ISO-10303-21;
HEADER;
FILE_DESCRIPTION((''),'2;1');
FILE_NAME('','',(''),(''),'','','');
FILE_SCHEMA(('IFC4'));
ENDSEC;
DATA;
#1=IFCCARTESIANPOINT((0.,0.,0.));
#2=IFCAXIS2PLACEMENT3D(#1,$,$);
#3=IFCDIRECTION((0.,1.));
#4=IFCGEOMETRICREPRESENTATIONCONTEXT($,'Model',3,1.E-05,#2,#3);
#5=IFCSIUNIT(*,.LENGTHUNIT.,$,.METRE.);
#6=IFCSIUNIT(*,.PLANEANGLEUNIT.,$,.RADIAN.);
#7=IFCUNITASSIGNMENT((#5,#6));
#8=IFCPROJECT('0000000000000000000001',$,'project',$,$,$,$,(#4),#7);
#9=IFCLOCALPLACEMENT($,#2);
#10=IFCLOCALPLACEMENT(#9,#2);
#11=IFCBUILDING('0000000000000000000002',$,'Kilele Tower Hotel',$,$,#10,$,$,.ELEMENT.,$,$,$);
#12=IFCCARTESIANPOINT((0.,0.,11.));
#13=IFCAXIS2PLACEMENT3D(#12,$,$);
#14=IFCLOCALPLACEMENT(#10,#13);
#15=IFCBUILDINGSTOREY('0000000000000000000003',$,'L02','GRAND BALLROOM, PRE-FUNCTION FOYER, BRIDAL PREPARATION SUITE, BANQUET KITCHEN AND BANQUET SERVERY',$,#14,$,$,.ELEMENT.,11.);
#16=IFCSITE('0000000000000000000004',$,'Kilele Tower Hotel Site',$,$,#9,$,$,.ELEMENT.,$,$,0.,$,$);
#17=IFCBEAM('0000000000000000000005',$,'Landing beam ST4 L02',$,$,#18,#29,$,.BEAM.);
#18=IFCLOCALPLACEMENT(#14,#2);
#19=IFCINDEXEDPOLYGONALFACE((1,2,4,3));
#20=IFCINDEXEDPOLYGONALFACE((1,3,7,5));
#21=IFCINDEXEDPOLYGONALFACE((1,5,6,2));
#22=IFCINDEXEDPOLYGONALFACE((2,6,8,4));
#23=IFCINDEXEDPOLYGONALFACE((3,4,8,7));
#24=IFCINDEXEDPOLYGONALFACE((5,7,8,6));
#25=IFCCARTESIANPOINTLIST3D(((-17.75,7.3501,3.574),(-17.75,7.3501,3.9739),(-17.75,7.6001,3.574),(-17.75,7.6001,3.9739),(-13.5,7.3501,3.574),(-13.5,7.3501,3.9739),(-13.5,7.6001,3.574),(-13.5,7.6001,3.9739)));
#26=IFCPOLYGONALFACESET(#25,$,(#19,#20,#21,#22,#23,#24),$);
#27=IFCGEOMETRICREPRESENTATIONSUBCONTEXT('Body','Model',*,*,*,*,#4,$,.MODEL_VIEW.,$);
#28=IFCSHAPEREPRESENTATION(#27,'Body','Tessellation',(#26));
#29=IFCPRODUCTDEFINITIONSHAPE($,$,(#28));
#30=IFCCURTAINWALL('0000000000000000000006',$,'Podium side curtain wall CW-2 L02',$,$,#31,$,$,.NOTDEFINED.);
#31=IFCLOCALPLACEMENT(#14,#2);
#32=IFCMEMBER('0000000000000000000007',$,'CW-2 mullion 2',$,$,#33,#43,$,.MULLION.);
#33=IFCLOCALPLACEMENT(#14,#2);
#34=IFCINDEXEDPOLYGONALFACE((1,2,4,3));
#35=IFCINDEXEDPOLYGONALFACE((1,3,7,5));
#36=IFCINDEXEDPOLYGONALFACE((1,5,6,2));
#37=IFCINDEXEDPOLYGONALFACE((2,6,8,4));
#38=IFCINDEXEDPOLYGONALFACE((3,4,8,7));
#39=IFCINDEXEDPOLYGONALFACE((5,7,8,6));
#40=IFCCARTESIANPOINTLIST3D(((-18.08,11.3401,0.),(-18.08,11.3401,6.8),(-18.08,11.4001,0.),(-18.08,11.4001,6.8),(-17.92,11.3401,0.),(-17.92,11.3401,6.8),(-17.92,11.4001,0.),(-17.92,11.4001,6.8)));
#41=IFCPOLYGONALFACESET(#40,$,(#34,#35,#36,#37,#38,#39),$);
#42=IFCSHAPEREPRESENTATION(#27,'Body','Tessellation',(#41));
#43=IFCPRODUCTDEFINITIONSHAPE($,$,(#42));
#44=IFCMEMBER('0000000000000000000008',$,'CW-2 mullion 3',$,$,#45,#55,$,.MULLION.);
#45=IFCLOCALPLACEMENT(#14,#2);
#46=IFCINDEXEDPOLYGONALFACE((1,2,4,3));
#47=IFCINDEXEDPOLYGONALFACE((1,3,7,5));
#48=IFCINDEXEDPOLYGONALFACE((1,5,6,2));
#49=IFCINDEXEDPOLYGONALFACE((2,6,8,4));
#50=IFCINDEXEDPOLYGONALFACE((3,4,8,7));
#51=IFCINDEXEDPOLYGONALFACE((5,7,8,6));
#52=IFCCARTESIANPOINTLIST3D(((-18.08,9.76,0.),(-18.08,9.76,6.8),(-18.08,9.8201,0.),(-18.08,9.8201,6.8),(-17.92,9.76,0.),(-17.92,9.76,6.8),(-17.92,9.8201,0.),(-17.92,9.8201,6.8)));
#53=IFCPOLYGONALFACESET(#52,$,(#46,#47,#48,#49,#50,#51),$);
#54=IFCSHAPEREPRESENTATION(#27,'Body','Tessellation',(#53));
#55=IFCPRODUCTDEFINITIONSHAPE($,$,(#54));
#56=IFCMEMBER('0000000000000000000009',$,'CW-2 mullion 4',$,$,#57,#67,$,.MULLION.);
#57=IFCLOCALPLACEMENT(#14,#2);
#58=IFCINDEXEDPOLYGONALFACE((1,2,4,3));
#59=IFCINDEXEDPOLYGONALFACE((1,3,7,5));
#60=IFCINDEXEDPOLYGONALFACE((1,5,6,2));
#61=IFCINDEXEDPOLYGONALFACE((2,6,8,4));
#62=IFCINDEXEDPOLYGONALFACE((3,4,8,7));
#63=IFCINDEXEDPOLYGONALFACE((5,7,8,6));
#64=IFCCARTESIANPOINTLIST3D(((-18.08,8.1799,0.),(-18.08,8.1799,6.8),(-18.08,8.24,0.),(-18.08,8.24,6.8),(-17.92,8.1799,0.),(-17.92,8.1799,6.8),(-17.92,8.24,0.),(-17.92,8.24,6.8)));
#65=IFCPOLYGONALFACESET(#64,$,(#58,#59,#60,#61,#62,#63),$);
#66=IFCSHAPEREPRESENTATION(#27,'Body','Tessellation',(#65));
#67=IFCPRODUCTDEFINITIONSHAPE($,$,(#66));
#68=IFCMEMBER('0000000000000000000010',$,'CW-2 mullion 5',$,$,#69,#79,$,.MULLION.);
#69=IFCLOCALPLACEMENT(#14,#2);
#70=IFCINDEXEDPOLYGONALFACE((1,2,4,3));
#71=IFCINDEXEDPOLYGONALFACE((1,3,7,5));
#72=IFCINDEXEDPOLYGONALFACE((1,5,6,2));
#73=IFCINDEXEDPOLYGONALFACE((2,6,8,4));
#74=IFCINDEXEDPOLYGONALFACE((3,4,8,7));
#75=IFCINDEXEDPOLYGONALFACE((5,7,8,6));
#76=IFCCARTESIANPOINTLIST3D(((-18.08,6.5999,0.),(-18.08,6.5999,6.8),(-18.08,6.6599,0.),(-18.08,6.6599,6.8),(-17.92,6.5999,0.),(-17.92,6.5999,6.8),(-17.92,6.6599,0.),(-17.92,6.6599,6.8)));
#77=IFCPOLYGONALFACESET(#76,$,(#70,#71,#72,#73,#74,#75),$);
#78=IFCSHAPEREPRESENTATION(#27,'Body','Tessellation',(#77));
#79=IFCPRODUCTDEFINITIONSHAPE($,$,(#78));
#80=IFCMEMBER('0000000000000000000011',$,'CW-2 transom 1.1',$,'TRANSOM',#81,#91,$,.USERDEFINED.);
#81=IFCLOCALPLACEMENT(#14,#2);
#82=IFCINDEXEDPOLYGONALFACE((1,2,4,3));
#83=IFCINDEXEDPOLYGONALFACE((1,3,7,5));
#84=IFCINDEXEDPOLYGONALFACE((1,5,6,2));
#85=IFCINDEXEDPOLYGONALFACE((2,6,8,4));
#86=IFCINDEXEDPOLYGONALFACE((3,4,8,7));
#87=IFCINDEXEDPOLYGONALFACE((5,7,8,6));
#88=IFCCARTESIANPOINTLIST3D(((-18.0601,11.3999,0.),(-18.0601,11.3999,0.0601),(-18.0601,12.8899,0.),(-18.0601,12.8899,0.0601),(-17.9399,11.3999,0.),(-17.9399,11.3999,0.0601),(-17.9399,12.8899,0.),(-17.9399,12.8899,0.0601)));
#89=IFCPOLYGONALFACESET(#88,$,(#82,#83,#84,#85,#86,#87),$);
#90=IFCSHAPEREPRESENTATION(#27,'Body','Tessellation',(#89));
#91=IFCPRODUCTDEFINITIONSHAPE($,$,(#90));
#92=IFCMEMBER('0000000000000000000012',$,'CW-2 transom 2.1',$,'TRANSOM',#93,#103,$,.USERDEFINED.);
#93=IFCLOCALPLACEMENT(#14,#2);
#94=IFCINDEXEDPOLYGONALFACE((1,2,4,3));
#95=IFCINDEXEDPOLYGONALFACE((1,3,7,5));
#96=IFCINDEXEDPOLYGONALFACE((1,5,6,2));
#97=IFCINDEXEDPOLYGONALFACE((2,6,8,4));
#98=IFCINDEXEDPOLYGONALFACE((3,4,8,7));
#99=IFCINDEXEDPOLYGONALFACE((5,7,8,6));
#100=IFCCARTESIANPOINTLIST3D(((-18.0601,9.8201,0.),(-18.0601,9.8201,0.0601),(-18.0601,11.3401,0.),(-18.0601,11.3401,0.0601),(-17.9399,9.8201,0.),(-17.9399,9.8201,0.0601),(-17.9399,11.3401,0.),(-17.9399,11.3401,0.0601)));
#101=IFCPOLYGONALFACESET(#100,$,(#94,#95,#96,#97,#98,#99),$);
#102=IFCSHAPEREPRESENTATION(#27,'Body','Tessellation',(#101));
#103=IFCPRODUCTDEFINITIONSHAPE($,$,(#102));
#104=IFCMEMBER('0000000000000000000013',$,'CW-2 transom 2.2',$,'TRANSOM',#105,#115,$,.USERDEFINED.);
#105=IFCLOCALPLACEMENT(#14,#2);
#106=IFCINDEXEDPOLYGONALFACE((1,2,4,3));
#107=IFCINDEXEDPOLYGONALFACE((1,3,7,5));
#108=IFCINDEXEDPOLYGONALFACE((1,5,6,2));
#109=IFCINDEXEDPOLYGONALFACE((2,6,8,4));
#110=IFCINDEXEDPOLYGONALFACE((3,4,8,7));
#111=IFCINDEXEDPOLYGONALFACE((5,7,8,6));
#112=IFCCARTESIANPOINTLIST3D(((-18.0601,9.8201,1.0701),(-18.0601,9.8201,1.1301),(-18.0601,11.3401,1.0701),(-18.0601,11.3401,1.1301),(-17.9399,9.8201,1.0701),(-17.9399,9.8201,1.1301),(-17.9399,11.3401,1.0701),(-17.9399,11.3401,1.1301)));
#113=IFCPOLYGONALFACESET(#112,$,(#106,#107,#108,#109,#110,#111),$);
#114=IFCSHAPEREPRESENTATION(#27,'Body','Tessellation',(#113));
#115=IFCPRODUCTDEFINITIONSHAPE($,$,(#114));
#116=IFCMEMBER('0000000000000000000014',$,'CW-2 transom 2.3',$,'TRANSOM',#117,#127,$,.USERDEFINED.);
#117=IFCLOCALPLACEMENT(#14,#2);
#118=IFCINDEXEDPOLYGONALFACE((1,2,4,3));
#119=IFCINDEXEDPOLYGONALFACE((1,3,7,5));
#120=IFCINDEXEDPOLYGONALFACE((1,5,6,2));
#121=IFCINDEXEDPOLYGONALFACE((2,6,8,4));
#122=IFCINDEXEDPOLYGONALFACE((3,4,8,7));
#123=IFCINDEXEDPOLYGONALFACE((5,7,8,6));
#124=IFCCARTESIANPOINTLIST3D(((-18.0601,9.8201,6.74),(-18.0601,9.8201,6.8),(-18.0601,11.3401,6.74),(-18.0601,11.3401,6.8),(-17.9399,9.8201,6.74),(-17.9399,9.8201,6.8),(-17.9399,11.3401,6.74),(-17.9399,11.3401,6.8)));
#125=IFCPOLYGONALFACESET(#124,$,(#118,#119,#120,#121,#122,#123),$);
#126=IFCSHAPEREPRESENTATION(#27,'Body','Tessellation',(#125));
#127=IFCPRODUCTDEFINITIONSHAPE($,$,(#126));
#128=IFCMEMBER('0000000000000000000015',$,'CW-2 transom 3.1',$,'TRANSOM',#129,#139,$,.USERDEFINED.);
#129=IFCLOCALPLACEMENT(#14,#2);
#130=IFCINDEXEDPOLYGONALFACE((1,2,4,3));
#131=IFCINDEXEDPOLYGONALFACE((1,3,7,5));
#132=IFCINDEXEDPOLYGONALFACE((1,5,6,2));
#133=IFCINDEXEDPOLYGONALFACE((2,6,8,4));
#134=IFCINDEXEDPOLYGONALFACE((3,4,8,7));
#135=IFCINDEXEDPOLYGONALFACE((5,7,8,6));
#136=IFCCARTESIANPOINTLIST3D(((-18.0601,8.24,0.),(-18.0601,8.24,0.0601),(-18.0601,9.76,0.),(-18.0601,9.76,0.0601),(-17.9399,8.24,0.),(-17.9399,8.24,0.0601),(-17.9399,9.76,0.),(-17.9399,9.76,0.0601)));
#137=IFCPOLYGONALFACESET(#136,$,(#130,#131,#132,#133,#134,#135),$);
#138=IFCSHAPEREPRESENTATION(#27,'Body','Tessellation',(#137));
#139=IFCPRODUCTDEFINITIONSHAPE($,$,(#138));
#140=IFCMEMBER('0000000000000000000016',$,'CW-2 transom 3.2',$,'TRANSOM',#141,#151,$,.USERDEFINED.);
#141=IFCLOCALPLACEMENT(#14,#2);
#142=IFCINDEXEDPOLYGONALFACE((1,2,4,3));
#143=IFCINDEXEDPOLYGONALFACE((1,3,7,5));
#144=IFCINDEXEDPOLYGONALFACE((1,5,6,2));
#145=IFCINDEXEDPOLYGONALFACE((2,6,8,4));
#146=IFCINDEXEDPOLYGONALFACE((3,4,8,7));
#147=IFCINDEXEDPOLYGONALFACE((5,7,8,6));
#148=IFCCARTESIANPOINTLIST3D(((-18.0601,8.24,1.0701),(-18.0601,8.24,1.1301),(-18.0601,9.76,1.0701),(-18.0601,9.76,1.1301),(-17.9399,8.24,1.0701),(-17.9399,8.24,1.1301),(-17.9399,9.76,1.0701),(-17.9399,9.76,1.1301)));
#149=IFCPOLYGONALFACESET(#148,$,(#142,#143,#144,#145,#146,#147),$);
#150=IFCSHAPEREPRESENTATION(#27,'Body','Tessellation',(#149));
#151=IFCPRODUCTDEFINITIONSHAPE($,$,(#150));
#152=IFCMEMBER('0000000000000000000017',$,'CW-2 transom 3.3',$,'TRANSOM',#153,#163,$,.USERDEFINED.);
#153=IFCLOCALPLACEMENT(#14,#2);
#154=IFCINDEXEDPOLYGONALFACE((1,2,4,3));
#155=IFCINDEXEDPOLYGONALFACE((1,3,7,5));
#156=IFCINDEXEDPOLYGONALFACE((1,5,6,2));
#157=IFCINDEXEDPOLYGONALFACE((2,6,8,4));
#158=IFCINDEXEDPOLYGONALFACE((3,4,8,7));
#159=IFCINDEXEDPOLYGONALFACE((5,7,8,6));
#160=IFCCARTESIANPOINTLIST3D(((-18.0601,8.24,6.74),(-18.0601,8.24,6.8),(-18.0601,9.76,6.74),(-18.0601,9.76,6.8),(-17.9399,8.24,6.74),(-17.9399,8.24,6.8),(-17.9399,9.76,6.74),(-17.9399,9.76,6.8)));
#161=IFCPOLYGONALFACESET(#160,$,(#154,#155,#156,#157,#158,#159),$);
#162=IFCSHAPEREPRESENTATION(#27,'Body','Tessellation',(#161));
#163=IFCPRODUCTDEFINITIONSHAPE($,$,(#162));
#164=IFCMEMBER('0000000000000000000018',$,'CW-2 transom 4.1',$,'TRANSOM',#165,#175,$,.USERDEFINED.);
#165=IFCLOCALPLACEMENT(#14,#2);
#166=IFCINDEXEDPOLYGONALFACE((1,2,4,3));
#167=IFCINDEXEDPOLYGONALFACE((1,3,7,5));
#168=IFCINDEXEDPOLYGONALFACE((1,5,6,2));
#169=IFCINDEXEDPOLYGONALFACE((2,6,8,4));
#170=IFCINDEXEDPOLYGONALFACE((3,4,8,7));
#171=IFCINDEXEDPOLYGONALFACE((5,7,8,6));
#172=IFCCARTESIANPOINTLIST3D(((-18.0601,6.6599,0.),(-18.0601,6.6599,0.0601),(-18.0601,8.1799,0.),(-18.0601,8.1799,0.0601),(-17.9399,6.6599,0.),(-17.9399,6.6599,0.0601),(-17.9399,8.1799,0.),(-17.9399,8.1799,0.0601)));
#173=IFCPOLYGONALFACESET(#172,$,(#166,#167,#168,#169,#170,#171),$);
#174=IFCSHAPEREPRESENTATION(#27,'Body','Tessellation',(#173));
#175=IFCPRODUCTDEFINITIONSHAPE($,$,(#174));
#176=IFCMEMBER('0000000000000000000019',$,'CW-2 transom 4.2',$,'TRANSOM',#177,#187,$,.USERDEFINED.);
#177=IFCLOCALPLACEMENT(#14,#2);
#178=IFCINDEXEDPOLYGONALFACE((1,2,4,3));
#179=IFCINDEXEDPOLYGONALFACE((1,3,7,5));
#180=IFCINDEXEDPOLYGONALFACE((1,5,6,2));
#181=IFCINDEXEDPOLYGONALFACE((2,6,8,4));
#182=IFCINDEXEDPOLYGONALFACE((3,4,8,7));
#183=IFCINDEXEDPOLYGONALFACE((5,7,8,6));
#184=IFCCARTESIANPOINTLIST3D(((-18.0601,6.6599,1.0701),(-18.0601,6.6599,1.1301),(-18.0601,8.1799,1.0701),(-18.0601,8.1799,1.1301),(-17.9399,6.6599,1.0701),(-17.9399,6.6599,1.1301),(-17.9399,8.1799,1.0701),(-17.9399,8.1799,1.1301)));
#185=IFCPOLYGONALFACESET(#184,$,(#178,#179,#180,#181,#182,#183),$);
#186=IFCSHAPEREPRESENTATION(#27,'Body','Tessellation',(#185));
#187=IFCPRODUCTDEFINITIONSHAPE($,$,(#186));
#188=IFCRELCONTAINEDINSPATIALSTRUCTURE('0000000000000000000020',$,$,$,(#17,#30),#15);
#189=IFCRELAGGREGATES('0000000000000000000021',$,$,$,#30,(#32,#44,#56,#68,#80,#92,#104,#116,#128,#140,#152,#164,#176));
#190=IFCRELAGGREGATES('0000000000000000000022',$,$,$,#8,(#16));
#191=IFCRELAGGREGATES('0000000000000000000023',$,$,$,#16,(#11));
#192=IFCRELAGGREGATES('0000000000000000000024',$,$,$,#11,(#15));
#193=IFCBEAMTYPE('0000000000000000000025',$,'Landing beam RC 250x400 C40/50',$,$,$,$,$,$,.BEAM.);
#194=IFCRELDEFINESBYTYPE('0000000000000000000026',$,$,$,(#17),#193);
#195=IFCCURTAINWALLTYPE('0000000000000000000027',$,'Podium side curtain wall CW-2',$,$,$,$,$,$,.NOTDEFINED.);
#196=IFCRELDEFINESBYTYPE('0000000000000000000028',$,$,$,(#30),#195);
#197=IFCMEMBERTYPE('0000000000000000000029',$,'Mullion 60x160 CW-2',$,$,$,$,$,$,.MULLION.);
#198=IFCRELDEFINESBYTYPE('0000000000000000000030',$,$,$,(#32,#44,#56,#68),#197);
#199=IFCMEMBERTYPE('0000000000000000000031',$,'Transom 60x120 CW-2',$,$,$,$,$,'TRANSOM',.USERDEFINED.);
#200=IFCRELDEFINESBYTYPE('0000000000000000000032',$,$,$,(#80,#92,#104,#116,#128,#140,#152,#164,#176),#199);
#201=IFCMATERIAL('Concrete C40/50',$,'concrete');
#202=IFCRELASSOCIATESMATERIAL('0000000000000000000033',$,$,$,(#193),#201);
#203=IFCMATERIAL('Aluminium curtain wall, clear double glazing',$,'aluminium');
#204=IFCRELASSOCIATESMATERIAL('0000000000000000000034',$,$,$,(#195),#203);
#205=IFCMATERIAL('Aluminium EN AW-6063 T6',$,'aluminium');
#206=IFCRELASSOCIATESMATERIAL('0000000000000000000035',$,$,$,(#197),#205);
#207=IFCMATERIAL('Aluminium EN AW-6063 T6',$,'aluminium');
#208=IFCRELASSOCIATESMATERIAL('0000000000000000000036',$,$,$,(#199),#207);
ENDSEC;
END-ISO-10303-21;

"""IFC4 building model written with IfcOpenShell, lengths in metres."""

from ifc_helpers import new_model, si_unit, direction, frame, origin, origin_2d, place, context, subcontext, project, spatial, rectangle, extrude, material, material_profile, profile_set, type_object, element, aggregate, save


model = new_model("IFC4")

# Units and contexts
model_context = context("Model", 3, precision=1e-05, world=origin(), true_north=direction((0.0, 1.0)))
body_context = subcontext(model_context, "Body", "Model", "MODEL_VIEW")
ifc_project = project(units=[si_unit("LENGTHUNIT", "METRE"), si_unit("PLANEANGLEUNIT", "RADIAN")], contexts=[model_context])

# Site, building, storey
site_placement = place(None, origin())
site = spatial("IfcSite", under=ifc_project, at=site_placement, Name="Kilele Tower Hotel Site", CompositionType="ELEMENT", RefElevation=0.0)
building_placement = place(site_placement, origin())
building = spatial("IfcBuilding", under=site, at=building_placement, Name="Kilele Tower Hotel", CompositionType="ELEMENT")
storey_placement = place(building_placement, frame((0.0, 0.0, 11.0)))
storey = spatial("IfcBuildingStorey", under=building, at=storey_placement, Name="L02", Description="GRAND BALLROOM, PRE-FUNCTION FOYER, BRIDAL PREPARATION SUITE, BANQUET KITCHEN AND BANQUET SERVERY", CompositionType="ELEMENT", Elevation=11.0)

# Beam
ifc_material_1 = material(Name="Concrete C40/50", Category="concrete")
ifc_material_profile_1 = material_profile(ifc_material_1, rectangle(XDim=0.25, YDim=0.3999, at=origin_2d()))
ifc_profile_set_1 = profile_set([ifc_material_profile_1], Name="Concrete C40/50")
beam_type = type_object("IfcBeamType", Name="Landing beam RC 250x400 C40/50", PredefinedType="BEAM", material=ifc_profile_set_1)
beam_placement = place(storey_placement, frame((-17.75, 7.4751, 3.7739), z_axis=(1.0, 0.0, 0.0), x_axis=(0.0, 1.0, 0.0)))
element("IfcBeam", 1, at=beam_placement, inside=storey, type_object=beam_type, Name="Landing beam ST4 L02", PredefinedType="BEAM", context=body_context, shape_type="SweptSolid", body=[
    extrude(rectangle(XDim=0.25, YDim=0.3999, at=origin_2d()), origin(), (0.0, 0.0, 1.0), 4.25),
])

# Curtain wall, members
ifc_material_2 = material(Name="Aluminium curtain wall, clear double glazing", Category="aluminium")
curtain_wall_type = type_object("IfcCurtainWallType", Name="Podium side curtain wall CW-2", PredefinedType="NOTDEFINED", material=ifc_material_2)
curtain_wall_placement = place(storey_placement, origin())
curtain_wall = element("IfcCurtainWall", 2, at=curtain_wall_placement, inside=storey, type_object=curtain_wall_type, Name="Podium side curtain wall CW-2 L02", PredefinedType="NOTDEFINED")
ifc_material_3 = material(Name="Aluminium EN AW-6063 T6", Category="aluminium")
ifc_material_profile_2 = material_profile(ifc_material_3, rectangle(XDim=0.1599, YDim=0.0601, at=origin_2d()))
ifc_profile_set_2 = profile_set([ifc_material_profile_2], Name="Aluminium EN AW-6063 T6")
member_type_1 = type_object("IfcMemberType", Name="Mullion 60x160 CW-2", PredefinedType="MULLION", material=ifc_profile_set_2)
member_1_placement = place(storey_placement, frame((-18.0, 11.3701, 0.0), z_axis=(0.0, 0.0, 1.0), x_axis=(1.0, 0.0, 0.0)))
member_1 = element("IfcMember", 3, at=member_1_placement, type_object=member_type_1, Name="CW-2 mullion 2", PredefinedType="MULLION", context=body_context, shape_type="SweptSolid", body=[
    extrude(rectangle(XDim=0.1599, YDim=0.0601, at=origin_2d()), origin(), (0.0, 0.0, 1.0), 6.8),
])
member_2_placement = place(storey_placement, frame((-18.0, 9.79, 0.0), z_axis=(0.0, 0.0, 1.0), x_axis=(1.0, 0.0, 0.0)))
member_2 = element("IfcMember", 4, at=member_2_placement, type_object=member_type_1, Name="CW-2 mullion 3", PredefinedType="MULLION", context=body_context, shape_type="SweptSolid", body=[
    extrude(rectangle(XDim=0.1599, YDim=0.0601, at=origin_2d()), origin(), (0.0, 0.0, 1.0), 6.8),
])
member_3_placement = place(storey_placement, frame((-18.0, 8.21, 0.0), z_axis=(0.0, 0.0, 1.0), x_axis=(1.0, 0.0, 0.0)))
member_3 = element("IfcMember", 5, at=member_3_placement, type_object=member_type_1, Name="CW-2 mullion 4", PredefinedType="MULLION", context=body_context, shape_type="SweptSolid", body=[
    extrude(rectangle(XDim=0.1599, YDim=0.0601, at=origin_2d()), origin(), (0.0, 0.0, 1.0), 6.8),
])
member_4_placement = place(storey_placement, frame((-18.0, 6.6299, 0.0), z_axis=(0.0, 0.0, 1.0), x_axis=(1.0, 0.0, 0.0)))
member_4 = element("IfcMember", 6, at=member_4_placement, type_object=member_type_1, Name="CW-2 mullion 5", PredefinedType="MULLION", context=body_context, shape_type="SweptSolid", body=[
    extrude(rectangle(XDim=0.1599, YDim=0.0601, at=origin_2d()), origin(), (0.0, 0.0, 1.0), 6.8),
])
ifc_material_4 = material(Name="Aluminium EN AW-6063 T6", Category="aluminium")
ifc_material_profile_3 = material_profile(ifc_material_4, rectangle(XDim=0.1201, YDim=0.0601, at=origin_2d()))
ifc_profile_set_3 = profile_set([ifc_material_profile_3], Name="Aluminium EN AW-6063 T6")
member_type_2 = type_object("IfcMemberType", Name="Transom 60x120 CW-2", ElementType="TRANSOM", PredefinedType="USERDEFINED", material=ifc_profile_set_3)
member_5_placement = place(storey_placement, frame((-18.0, 12.8899, 0.03), z_axis=(0.0, -1.0, 0.0), x_axis=(1.0, 0.0, 0.0)))
member_5 = element("IfcMember", 7, at=member_5_placement, type_object=member_type_2, Name="CW-2 transom 1.1", ObjectType="TRANSOM", PredefinedType="USERDEFINED", context=body_context, shape_type="SweptSolid", body=[
    extrude(rectangle(XDim=0.1201, YDim=0.0601, at=origin_2d()), origin(), (0.0, 0.0, 1.0), 1.49),
])
member_6_placement = place(storey_placement, frame((-18.0, 11.3401, 0.03), z_axis=(0.0, -1.0, 0.0), x_axis=(1.0, 0.0, 0.0)))
member_6 = element("IfcMember", 8, at=member_6_placement, type_object=member_type_2, Name="CW-2 transom 2.1", ObjectType="TRANSOM", PredefinedType="USERDEFINED", context=body_context, shape_type="SweptSolid", body=[
    extrude(rectangle(XDim=0.1201, YDim=0.0601, at=origin_2d()), origin(), (0.0, 0.0, 1.0), 1.52),
])
member_7_placement = place(storey_placement, frame((-18.0, 11.3401, 1.1001), z_axis=(0.0, -1.0, 0.0), x_axis=(1.0, 0.0, 0.0)))
member_7 = element("IfcMember", 9, at=member_7_placement, type_object=member_type_2, Name="CW-2 transom 2.2", ObjectType="TRANSOM", PredefinedType="USERDEFINED", context=body_context, shape_type="SweptSolid", body=[
    extrude(rectangle(XDim=0.1201, YDim=0.0601, at=origin_2d()), origin(), (0.0, 0.0, 1.0), 1.52),
])
member_8_placement = place(storey_placement, frame((-18.0, 11.3401, 6.77), z_axis=(0.0, -1.0, 0.0), x_axis=(1.0, 0.0, 0.0)))
member_8 = element("IfcMember", 10, at=member_8_placement, type_object=member_type_2, Name="CW-2 transom 2.3", ObjectType="TRANSOM", PredefinedType="USERDEFINED", context=body_context, shape_type="SweptSolid", body=[
    extrude(rectangle(XDim=0.1201, YDim=0.0601, at=origin_2d()), origin(), (0.0, 0.0, 1.0), 1.52),
])
member_9_placement = place(storey_placement, frame((-18.0, 9.76, 0.03), z_axis=(0.0, -1.0, 0.0), x_axis=(1.0, 0.0, 0.0)))
member_9 = element("IfcMember", 11, at=member_9_placement, type_object=member_type_2, Name="CW-2 transom 3.1", ObjectType="TRANSOM", PredefinedType="USERDEFINED", context=body_context, shape_type="SweptSolid", body=[
    extrude(rectangle(XDim=0.1201, YDim=0.0601, at=origin_2d()), origin(), (0.0, 0.0, 1.0), 1.52),
])
member_10_placement = place(storey_placement, frame((-18.0, 9.76, 1.1001), z_axis=(0.0, -1.0, 0.0), x_axis=(1.0, 0.0, 0.0)))
member_10 = element("IfcMember", 12, at=member_10_placement, type_object=member_type_2, Name="CW-2 transom 3.2", ObjectType="TRANSOM", PredefinedType="USERDEFINED", context=body_context, shape_type="SweptSolid", body=[
    extrude(rectangle(XDim=0.1201, YDim=0.0601, at=origin_2d()), origin(), (0.0, 0.0, 1.0), 1.52),
])
member_11_placement = place(storey_placement, frame((-18.0, 9.76, 6.77), z_axis=(0.0, -1.0, 0.0), x_axis=(1.0, 0.0, 0.0)))
member_11 = element("IfcMember", 13, at=member_11_placement, type_object=member_type_2, Name="CW-2 transom 3.3", ObjectType="TRANSOM", PredefinedType="USERDEFINED", context=body_context, shape_type="SweptSolid", body=[
    extrude(rectangle(XDim=0.1201, YDim=0.0601, at=origin_2d()), origin(), (0.0, 0.0, 1.0), 1.52),
])
member_12_placement = place(storey_placement, frame((-18.0, 8.1799, 0.03), z_axis=(0.0, -1.0, 0.0), x_axis=(1.0, 0.0, 0.0)))
member_12 = element("IfcMember", 14, at=member_12_placement, type_object=member_type_2, Name="CW-2 transom 4.1", ObjectType="TRANSOM", PredefinedType="USERDEFINED", context=body_context, shape_type="SweptSolid", body=[
    extrude(rectangle(XDim=0.1201, YDim=0.0601, at=origin_2d()), origin(), (0.0, 0.0, 1.0), 1.52),
])
member_13_placement = place(storey_placement, frame((-18.0, 8.1799, 1.1001), z_axis=(0.0, -1.0, 0.0), x_axis=(1.0, 0.0, 0.0)))
member_13 = element("IfcMember", 15, at=member_13_placement, type_object=member_type_2, Name="CW-2 transom 4.2", ObjectType="TRANSOM", PredefinedType="USERDEFINED", context=body_context, shape_type="SweptSolid", body=[
    extrude(rectangle(XDim=0.1201, YDim=0.0601, at=origin_2d()), origin(), (0.0, 0.0, 1.0), 1.52),
])
aggregate(curtain_wall, [member_1, member_2, member_3, member_4, member_5, member_6, member_7, member_8, member_9, member_10, member_11, member_12, member_13])

save(model, "model.ifc")
